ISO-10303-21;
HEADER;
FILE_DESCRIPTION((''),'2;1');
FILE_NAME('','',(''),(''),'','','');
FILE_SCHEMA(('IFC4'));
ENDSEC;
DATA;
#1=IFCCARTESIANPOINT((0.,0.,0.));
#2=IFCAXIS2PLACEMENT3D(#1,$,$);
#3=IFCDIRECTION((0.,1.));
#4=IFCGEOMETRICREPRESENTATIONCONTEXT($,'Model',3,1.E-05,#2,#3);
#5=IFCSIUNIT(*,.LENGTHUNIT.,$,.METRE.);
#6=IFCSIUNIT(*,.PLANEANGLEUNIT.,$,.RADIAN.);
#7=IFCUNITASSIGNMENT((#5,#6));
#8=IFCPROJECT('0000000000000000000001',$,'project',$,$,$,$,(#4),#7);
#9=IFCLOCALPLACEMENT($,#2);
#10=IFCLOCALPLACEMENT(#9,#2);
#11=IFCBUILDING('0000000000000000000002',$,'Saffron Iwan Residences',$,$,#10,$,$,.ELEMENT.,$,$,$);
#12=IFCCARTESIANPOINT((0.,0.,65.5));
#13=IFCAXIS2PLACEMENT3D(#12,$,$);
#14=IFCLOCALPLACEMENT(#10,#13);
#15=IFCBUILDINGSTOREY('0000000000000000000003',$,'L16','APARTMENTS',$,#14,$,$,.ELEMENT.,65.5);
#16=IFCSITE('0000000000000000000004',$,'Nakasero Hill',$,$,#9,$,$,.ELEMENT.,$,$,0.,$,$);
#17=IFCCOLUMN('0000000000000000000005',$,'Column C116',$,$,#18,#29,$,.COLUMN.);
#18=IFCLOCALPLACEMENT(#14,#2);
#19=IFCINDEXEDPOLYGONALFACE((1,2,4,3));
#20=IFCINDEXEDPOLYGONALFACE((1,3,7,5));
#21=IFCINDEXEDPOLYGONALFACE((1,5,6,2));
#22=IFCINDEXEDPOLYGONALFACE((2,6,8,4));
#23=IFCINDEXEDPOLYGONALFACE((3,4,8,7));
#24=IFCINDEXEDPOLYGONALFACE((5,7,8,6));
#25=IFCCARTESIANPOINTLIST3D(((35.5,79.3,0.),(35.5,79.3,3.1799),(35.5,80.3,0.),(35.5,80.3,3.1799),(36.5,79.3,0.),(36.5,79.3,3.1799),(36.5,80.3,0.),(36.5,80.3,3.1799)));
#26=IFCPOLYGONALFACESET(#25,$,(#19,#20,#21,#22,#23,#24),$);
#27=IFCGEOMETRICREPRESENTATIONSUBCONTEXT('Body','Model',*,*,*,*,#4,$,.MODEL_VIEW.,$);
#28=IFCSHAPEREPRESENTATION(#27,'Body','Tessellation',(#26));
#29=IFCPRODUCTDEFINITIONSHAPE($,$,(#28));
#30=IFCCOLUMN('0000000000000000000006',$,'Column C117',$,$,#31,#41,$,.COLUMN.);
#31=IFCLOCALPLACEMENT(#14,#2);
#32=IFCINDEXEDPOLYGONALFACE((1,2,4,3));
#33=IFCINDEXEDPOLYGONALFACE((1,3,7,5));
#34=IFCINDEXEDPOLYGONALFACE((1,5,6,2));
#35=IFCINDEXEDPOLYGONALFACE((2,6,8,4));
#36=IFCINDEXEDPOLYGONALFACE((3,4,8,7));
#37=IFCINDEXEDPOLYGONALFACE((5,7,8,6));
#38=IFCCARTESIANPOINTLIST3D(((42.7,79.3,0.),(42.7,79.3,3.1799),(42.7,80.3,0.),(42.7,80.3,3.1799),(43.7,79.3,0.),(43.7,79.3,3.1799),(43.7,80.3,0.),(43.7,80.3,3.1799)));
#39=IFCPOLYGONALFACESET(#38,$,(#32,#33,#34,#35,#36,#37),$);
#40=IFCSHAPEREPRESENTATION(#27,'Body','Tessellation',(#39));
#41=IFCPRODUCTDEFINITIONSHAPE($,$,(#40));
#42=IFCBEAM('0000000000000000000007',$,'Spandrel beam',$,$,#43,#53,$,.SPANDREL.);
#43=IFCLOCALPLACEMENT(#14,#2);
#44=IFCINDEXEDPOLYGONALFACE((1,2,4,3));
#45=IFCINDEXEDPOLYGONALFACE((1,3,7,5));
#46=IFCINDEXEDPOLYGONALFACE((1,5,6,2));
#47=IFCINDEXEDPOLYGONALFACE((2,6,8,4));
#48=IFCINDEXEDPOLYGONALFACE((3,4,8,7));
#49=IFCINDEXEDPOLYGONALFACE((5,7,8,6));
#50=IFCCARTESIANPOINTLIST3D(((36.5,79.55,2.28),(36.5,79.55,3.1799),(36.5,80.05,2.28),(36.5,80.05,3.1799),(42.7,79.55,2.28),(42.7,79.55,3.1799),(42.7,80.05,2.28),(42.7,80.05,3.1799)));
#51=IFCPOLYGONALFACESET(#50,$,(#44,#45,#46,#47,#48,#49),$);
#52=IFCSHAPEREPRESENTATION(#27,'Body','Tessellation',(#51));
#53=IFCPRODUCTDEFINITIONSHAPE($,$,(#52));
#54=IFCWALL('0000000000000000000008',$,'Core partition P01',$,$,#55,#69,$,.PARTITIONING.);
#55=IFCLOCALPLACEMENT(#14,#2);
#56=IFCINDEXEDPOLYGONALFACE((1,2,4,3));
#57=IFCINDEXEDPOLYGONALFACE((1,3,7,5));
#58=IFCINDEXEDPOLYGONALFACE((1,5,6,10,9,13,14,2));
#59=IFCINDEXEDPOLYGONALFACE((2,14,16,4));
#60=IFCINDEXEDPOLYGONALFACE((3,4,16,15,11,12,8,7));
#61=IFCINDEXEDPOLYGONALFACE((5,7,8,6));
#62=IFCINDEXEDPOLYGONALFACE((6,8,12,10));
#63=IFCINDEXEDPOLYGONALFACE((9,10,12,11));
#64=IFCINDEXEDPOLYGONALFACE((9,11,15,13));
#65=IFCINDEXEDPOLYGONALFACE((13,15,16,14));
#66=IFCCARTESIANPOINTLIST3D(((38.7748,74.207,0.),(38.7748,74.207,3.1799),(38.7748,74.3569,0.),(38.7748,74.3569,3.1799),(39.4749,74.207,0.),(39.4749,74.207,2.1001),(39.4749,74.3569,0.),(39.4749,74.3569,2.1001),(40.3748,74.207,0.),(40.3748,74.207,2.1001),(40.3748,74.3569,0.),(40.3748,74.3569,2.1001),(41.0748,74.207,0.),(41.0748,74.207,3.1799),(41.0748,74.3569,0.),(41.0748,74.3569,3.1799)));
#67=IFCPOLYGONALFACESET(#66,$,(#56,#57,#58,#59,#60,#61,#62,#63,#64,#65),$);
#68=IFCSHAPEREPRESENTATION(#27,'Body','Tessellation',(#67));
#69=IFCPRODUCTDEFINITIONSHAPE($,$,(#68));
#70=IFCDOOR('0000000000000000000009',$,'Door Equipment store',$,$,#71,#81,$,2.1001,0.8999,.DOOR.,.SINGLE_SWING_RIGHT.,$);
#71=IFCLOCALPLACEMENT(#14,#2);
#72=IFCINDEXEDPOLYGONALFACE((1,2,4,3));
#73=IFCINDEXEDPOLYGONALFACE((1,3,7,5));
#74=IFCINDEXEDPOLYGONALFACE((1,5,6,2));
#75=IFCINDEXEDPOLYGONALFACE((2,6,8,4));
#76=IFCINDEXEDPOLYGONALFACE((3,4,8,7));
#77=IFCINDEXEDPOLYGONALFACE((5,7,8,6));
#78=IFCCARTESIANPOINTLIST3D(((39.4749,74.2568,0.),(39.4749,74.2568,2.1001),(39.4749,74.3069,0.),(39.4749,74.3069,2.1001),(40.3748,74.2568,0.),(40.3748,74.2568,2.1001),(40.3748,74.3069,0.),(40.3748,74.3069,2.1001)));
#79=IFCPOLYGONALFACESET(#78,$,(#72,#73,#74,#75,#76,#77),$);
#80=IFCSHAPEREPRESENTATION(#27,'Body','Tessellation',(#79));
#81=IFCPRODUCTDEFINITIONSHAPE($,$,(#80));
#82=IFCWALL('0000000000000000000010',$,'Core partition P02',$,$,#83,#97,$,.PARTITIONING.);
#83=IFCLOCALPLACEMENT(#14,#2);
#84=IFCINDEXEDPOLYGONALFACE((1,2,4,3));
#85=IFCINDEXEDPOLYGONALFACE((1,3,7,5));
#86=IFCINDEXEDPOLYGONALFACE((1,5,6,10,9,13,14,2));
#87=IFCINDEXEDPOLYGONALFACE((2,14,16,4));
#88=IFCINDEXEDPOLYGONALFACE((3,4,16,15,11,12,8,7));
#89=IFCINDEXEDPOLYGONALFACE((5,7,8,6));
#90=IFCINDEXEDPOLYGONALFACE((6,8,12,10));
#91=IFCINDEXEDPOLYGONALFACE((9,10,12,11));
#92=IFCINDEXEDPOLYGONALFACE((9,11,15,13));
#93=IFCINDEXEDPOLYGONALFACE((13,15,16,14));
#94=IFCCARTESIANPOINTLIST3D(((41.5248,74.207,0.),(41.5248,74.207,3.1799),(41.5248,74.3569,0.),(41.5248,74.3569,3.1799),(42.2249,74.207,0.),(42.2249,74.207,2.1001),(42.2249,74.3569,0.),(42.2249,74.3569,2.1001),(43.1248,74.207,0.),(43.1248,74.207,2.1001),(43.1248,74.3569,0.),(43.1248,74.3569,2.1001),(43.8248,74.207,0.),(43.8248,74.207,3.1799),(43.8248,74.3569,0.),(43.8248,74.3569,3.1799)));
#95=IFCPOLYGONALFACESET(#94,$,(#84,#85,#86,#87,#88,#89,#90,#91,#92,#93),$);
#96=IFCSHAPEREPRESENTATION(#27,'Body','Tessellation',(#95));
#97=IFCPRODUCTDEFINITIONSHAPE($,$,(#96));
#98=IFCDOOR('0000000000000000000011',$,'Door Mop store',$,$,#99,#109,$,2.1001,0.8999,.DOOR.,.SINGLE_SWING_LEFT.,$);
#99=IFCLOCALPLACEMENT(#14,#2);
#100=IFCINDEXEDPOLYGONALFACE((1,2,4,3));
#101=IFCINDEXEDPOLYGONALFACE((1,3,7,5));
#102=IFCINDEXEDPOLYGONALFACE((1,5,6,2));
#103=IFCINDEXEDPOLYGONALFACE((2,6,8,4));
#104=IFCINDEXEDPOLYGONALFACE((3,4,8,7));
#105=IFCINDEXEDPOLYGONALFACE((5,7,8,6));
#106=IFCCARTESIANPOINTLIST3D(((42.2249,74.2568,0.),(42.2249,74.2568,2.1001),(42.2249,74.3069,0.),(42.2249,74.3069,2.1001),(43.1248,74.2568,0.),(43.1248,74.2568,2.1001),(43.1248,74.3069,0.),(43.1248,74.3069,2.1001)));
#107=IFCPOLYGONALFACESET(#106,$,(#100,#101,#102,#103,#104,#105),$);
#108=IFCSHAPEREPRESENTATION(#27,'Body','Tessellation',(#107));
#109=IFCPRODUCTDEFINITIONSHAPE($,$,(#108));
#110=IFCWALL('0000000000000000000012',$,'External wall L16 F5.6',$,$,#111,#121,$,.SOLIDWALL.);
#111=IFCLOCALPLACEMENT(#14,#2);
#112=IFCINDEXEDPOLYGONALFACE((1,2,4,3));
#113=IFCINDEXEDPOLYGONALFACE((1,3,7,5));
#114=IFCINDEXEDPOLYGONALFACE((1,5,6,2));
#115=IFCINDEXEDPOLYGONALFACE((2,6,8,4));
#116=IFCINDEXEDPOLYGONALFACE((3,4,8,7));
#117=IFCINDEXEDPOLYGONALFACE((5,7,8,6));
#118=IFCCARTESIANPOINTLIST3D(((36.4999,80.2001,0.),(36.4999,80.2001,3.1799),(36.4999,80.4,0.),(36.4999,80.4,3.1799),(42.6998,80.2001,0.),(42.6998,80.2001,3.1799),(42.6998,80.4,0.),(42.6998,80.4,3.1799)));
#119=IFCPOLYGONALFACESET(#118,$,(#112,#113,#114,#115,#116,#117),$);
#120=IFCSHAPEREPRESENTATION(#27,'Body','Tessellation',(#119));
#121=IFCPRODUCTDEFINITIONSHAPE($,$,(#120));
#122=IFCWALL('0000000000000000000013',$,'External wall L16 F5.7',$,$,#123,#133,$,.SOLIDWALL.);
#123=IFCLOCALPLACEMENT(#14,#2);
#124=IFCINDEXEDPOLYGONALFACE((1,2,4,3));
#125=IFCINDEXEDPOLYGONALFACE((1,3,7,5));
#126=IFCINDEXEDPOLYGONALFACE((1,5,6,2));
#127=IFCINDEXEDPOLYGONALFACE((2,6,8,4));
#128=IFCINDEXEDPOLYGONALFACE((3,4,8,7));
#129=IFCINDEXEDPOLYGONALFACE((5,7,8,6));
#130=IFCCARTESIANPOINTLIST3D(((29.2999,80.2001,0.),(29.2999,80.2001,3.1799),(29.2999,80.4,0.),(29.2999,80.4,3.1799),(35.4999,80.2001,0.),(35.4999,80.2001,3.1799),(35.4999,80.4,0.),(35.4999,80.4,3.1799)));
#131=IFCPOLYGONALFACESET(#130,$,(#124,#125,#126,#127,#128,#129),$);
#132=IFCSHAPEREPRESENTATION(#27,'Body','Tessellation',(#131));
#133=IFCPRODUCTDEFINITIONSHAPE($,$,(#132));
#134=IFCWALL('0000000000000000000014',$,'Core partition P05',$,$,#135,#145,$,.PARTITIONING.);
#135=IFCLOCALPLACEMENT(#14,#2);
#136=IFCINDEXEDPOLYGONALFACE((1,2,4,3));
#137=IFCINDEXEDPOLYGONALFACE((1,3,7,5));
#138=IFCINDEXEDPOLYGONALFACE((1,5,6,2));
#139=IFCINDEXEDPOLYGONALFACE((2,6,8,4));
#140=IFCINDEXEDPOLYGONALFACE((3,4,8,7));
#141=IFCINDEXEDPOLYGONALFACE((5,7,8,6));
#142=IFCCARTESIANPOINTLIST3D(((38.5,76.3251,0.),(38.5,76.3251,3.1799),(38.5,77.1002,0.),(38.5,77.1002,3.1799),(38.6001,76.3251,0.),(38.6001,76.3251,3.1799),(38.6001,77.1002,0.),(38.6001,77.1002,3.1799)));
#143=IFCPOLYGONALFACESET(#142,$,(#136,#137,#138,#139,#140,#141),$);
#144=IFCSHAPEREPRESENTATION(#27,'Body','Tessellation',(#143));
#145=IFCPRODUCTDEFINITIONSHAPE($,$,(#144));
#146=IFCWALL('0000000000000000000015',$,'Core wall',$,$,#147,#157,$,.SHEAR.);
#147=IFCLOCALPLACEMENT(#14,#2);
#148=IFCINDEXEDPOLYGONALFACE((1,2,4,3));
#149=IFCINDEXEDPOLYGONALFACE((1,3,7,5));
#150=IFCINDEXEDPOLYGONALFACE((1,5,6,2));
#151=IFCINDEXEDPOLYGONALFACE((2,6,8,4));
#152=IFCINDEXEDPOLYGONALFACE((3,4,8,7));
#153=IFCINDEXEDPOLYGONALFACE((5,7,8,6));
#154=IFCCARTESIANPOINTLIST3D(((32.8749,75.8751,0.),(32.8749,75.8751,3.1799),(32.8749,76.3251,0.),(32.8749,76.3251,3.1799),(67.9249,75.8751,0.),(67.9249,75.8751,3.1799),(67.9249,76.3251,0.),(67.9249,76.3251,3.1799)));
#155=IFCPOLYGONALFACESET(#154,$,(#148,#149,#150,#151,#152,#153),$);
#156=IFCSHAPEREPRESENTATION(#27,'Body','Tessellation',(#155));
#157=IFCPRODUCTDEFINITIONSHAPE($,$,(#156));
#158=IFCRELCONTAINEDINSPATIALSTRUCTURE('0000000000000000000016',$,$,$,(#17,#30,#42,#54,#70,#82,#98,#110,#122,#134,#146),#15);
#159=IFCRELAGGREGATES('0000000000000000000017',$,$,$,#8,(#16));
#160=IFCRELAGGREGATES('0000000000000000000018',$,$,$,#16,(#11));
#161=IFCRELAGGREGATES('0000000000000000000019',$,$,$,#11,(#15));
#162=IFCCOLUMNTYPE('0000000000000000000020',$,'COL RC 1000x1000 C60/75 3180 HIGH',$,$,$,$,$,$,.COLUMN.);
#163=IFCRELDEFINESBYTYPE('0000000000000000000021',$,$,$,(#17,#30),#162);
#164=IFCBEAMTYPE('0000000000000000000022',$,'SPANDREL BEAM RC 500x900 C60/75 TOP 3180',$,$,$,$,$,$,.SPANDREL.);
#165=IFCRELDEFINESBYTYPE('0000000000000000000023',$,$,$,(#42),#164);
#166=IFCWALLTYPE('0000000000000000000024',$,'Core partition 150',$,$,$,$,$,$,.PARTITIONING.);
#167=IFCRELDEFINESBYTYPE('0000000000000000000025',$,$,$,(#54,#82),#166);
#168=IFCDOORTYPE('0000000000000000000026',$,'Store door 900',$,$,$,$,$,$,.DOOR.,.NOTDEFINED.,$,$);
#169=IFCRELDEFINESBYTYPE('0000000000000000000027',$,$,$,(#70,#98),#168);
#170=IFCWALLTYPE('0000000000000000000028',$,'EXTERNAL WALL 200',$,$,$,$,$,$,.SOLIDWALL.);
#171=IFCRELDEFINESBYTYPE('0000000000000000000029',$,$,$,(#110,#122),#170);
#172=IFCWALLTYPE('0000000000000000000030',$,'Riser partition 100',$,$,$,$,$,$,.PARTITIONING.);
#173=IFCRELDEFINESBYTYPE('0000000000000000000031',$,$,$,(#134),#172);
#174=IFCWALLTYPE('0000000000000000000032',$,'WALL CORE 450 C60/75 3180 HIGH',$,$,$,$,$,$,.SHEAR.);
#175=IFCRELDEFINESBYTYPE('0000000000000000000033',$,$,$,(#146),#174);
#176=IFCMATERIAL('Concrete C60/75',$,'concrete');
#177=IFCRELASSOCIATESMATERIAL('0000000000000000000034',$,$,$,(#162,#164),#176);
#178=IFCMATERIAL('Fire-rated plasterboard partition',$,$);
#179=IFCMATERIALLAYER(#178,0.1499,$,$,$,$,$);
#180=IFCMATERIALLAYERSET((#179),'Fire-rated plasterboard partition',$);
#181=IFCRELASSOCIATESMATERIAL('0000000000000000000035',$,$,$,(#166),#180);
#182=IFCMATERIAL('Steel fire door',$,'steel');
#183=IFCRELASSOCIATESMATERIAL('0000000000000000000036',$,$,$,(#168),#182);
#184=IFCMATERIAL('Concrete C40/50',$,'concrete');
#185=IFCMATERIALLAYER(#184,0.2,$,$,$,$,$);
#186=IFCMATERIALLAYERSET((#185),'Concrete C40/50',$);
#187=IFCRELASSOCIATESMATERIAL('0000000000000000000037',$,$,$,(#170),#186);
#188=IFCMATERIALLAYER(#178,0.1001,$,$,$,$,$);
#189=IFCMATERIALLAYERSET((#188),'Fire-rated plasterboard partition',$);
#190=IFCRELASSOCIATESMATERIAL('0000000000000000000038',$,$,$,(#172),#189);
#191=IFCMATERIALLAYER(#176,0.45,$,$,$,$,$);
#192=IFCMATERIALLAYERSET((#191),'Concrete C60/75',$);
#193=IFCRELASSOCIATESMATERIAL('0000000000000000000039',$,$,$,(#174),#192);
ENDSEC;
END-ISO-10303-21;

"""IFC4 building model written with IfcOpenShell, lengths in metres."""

from ifc_helpers import new_model, si_unit, direction, frame, frame_2d, origin, origin_2d, place, context, subcontext, project, spatial, rectangle, extrude, source, transform, mapped, material, layer, layer_set, material_profile, profile_set, type_object, element, fill, save


model = new_model("IFC4")

# Units and contexts
model_context = context("Model", 3, precision=1e-05, world=origin(), true_north=direction((0.0, 1.0)))
body_context = subcontext(model_context, "Body", "Model", "MODEL_VIEW")
ifc_project = project(units=[si_unit("LENGTHUNIT", "METRE"), si_unit("PLANEANGLEUNIT", "RADIAN")], contexts=[model_context])

# Site, building, storey
site_placement = place(None, origin())
site = spatial("IfcSite", under=ifc_project, at=site_placement, Name="Nakasero Hill", CompositionType="ELEMENT", RefElevation=0.0)
building_placement = place(site_placement, origin())
building = spatial("IfcBuilding", under=site, at=building_placement, Name="Saffron Iwan Residences", CompositionType="ELEMENT")
storey_placement = place(building_placement, frame((0.0, 0.0, 65.5)))
storey = spatial("IfcBuildingStorey", under=building, at=storey_placement, Name="L16", Description="APARTMENTS", CompositionType="ELEMENT", Elevation=65.5)

# Columns
ifc_material_1 = material(Name="Concrete C60/75", Category="concrete")
ifc_material_profile_1 = material_profile(ifc_material_1, rectangle(XDim=1.0, YDim=1.0, at=origin_2d()), Name="RC 1000x1000")
ifc_profile_set_1 = profile_set([ifc_material_profile_1], Name="Concrete C60/75")
column_type = type_object("IfcColumnType", Name="COL RC 1000x1000 C60/75 3180 HIGH", PredefinedType="COLUMN", material=ifc_profile_set_1)
shared_shape_1 = source(origin(), body_context, "Body", "SweptSolid", [
    extrude(rectangle(XDim=1.0, YDim=1.0, at=origin_2d()), origin(), (0.0, 0.0, 1.0), 3.1799),
])
for number, where, z_axis, x_axis, name in (
    (1, (36.0, 79.8, 0.0), (0.0, 0.0, 1.0), (1.0, 0.0, 0.0), "Column C116"),
    (2, (43.2, 79.8, 0.0), (0.0, 0.0, 1.0), (1.0, 0.0, 0.0), "Column C117"),
):
    element("IfcColumn", number, at=place(storey_placement, frame(where, z_axis=z_axis, x_axis=x_axis)), inside=storey, type_object=column_type, Name=name, PredefinedType="COLUMN", context=body_context, shape_type="MappedRepresentation", body=[
        mapped(shared_shape_1, transform((0.0, 0.0, 0.0))),
    ])

# Beam
ifc_material_profile_2 = material_profile(ifc_material_1, rectangle(XDim=0.5, YDim=0.8999, at=origin_2d()), Name="RC 500x900")
ifc_profile_set_2 = profile_set([ifc_material_profile_2], Name="Concrete C60/75")
beam_type = type_object("IfcBeamType", Name="SPANDREL BEAM RC 500x900 C60/75 TOP 3180", PredefinedType="SPANDREL", material=ifc_profile_set_2)
shared_shape_2 = source(origin(), body_context, "Body", "SweptSolid", [
    extrude(rectangle(XDim=0.5, YDim=0.8999, at=origin_2d()), origin(), (0.0, 0.0, 1.0), 6.2),
])
beam_placement = place(storey_placement, frame((36.5, 79.8, 2.73), z_axis=(1.0, 0.0, 0.0), x_axis=(0.0, 1.0, 0.0)))
element("IfcBeam", 3, at=beam_placement, inside=storey, type_object=beam_type, Name="Spandrel beam", PredefinedType="SPANDREL", context=body_context, shape_type="MappedRepresentation", body=[
    mapped(shared_shape_2, transform((0.0, 0.0, 0.0))),
])

# Walls, openings, doors
ifc_material_2 = material(Name="Fire-rated plasterboard partition")
ifc_layer_1 = layer(ifc_material_2, 0.1499)
ifc_layer_set_1 = layer_set([ifc_layer_1], Name="Fire-rated plasterboard partition")
wall_type_1 = type_object("IfcWallType", Name="Core partition 150", PredefinedType="PARTITIONING", material=ifc_layer_set_1)
wall_1_placement = place(storey_placement, frame((38.7749, 74.282, 0.0), z_axis=(0.0, 0.0, 1.0), x_axis=(1.0, 0.0, 0.0)))
wall_1 = element("IfcWall", 4, at=wall_1_placement, inside=storey, type_object=wall_type_1, Name="Core partition P01", PredefinedType="PARTITIONING", context=body_context, shape_type="SweptSolid", body=[
    extrude(rectangle(XDim=2.3, YDim=0.1499, at=frame_2d((1.1499, 0.0))), origin(), (0.0, 0.0, 1.0), 3.1799),
])
opening_1_placement = place(wall_1_placement, frame((0.7, 0.0, 0.0)))
opening_1 = element("IfcOpeningElement", 5, at=opening_1_placement, cuts=wall_1, PredefinedType="OPENING", context=body_context, shape_type="SweptSolid", body=[
    extrude(rectangle(XDim=0.8999, YDim=2.1001, at=frame_2d((0.45, 1.05))), frame((0.0, 0.085, 0.0), z_axis=(0.0, -1.0, 0.0), x_axis=(1.0, 0.0, 0.0)), (0.0, 0.0, 1.0), 0.1699),
])
ifc_material_3 = material(Name="Steel fire door", Category="steel")
door_type = type_object("IfcDoorType", Name="Store door 900", OperationType="NOTDEFINED", PredefinedType="DOOR", material=ifc_material_3)
door_1_placement = place(opening_1_placement, origin())
door_1 = element("IfcDoor", 6, at=door_1_placement, inside=storey, type_object=door_type, Name="Door Equipment store", OperationType="SINGLE_SWING_RIGHT", OverallHeight=2.1001, OverallWidth=0.8999, PredefinedType="DOOR", context=body_context, shape_type="SweptSolid", body=[
    extrude(rectangle(XDim=0.8999, YDim=2.1001, at=frame_2d((0.45, 1.05))), frame((0.0, 0.0249, 0.0), z_axis=(0.0, -1.0, 0.0), x_axis=(1.0, 0.0, 0.0)), (0.0, 0.0, 1.0), 0.05),
])
fill(opening_1, door_1)
wall_2_placement = place(storey_placement, frame((41.5249, 74.282, 0.0), z_axis=(0.0, 0.0, 1.0), x_axis=(1.0, 0.0, 0.0)))
wall_2 = element("IfcWall", 7, at=wall_2_placement, inside=storey, type_object=wall_type_1, Name="Core partition P02", PredefinedType="PARTITIONING", context=body_context, shape_type="SweptSolid", body=[
    extrude(rectangle(XDim=2.3, YDim=0.1499, at=frame_2d((1.1499, 0.0))), origin(), (0.0, 0.0, 1.0), 3.1799),
])
opening_2_placement = place(wall_2_placement, frame((0.7, 0.0, 0.0)))
opening_2 = element("IfcOpeningElement", 8, at=opening_2_placement, cuts=wall_2, PredefinedType="OPENING", context=body_context, shape_type="SweptSolid", body=[
    extrude(rectangle(XDim=0.8999, YDim=2.1001, at=frame_2d((0.45, 1.05))), frame((0.0, 0.085, 0.0), z_axis=(0.0, -1.0, 0.0), x_axis=(1.0, 0.0, 0.0)), (0.0, 0.0, 1.0), 0.1699),
])
door_2_placement = place(opening_2_placement, origin())
door_2 = element("IfcDoor", 9, at=door_2_placement, inside=storey, type_object=door_type, Name="Door Mop store", OperationType="SINGLE_SWING_LEFT", OverallHeight=2.1001, OverallWidth=0.8999, PredefinedType="DOOR", context=body_context, shape_type="SweptSolid", body=[
    extrude(rectangle(XDim=0.8999, YDim=2.1001, at=frame_2d((0.45, 1.05))), frame((0.0, 0.0249, 0.0), z_axis=(0.0, -1.0, 0.0), x_axis=(1.0, 0.0, 0.0)), (0.0, 0.0, 1.0), 0.05),
])
fill(opening_2, door_2)

# Walls
ifc_material_4 = material(Name="Concrete C40/50", Category="concrete")
ifc_layer_2 = layer(ifc_material_4, 0.2)
ifc_layer_set_2 = layer_set([ifc_layer_2], Name="Concrete C40/50")
wall_type_2 = type_object("IfcWallType", Name="EXTERNAL WALL 200", PredefinedType="SOLIDWALL", material=ifc_layer_set_2)
for number, where, z_axis, x_axis, name in (
    (10, (42.7, 80.3, 0.0), (0.0, 0.0, 1.0), (-1.0, 0.0, 0.0), "External wall L16 F5.6"),
    (11, (35.5, 80.3, 0.0), (0.0, 0.0, 1.0), (-1.0, 0.0, 0.0), "External wall L16 F5.7"),
):
    element("IfcWall", number, at=place(storey_placement, frame(where, z_axis=z_axis, x_axis=x_axis)), inside=storey, type_object=wall_type_2, Name=name, PredefinedType="SOLIDWALL", context=body_context, shape_type="SweptSolid", body=[
        extrude(rectangle(XDim=6.2, YDim=0.2, at=frame_2d((3.1001, 0.0))), origin(), (0.0, 0.0, 1.0), 3.1799),
    ])
ifc_layer_3 = layer(ifc_material_2, 0.1001)
ifc_layer_set_3 = layer_set([ifc_layer_3], Name="Fire-rated plasterboard partition")
wall_type_3 = type_object("IfcWallType", Name="Riser partition 100", PredefinedType="PARTITIONING", material=ifc_layer_set_3)
wall_3_placement = place(storey_placement, frame((38.55, 76.325, 0.0), z_axis=(0.0, 0.0, 1.0), x_axis=(0.0, 1.0, 0.0)))
element("IfcWall", 12, at=wall_3_placement, inside=storey, type_object=wall_type_3, Name="Core partition P05", PredefinedType="PARTITIONING", context=body_context, shape_type="SweptSolid", body=[
    extrude(rectangle(XDim=0.7751, YDim=0.1001, at=frame_2d((0.3877, 0.0))), origin(), (0.0, 0.0, 1.0), 3.1799),
])
ifc_layer_4 = layer(ifc_material_1, 0.45)
ifc_layer_set_4 = layer_set([ifc_layer_4], Name="Concrete C60/75")
wall_type_4 = type_object("IfcWallType", Name="WALL CORE 450 C60/75 3180 HIGH", PredefinedType="SHEAR", material=ifc_layer_set_4)
wall_4_placement = place(storey_placement, frame((32.875, 76.1001, 0.0), z_axis=(0.0, 0.0, 1.0), x_axis=(1.0, 0.0, 0.0)))
element("IfcWall", 13, at=wall_4_placement, inside=storey, type_object=wall_type_4, Name="Core wall", PredefinedType="SHEAR", context=body_context, shape_type="SweptSolid", body=[
    extrude(rectangle(XDim=35.05, YDim=0.45, at=frame_2d((17.5249, 0.0))), origin(), (0.0, 0.0, 1.0), 3.1799),
])

save(model, "model.ifc")
